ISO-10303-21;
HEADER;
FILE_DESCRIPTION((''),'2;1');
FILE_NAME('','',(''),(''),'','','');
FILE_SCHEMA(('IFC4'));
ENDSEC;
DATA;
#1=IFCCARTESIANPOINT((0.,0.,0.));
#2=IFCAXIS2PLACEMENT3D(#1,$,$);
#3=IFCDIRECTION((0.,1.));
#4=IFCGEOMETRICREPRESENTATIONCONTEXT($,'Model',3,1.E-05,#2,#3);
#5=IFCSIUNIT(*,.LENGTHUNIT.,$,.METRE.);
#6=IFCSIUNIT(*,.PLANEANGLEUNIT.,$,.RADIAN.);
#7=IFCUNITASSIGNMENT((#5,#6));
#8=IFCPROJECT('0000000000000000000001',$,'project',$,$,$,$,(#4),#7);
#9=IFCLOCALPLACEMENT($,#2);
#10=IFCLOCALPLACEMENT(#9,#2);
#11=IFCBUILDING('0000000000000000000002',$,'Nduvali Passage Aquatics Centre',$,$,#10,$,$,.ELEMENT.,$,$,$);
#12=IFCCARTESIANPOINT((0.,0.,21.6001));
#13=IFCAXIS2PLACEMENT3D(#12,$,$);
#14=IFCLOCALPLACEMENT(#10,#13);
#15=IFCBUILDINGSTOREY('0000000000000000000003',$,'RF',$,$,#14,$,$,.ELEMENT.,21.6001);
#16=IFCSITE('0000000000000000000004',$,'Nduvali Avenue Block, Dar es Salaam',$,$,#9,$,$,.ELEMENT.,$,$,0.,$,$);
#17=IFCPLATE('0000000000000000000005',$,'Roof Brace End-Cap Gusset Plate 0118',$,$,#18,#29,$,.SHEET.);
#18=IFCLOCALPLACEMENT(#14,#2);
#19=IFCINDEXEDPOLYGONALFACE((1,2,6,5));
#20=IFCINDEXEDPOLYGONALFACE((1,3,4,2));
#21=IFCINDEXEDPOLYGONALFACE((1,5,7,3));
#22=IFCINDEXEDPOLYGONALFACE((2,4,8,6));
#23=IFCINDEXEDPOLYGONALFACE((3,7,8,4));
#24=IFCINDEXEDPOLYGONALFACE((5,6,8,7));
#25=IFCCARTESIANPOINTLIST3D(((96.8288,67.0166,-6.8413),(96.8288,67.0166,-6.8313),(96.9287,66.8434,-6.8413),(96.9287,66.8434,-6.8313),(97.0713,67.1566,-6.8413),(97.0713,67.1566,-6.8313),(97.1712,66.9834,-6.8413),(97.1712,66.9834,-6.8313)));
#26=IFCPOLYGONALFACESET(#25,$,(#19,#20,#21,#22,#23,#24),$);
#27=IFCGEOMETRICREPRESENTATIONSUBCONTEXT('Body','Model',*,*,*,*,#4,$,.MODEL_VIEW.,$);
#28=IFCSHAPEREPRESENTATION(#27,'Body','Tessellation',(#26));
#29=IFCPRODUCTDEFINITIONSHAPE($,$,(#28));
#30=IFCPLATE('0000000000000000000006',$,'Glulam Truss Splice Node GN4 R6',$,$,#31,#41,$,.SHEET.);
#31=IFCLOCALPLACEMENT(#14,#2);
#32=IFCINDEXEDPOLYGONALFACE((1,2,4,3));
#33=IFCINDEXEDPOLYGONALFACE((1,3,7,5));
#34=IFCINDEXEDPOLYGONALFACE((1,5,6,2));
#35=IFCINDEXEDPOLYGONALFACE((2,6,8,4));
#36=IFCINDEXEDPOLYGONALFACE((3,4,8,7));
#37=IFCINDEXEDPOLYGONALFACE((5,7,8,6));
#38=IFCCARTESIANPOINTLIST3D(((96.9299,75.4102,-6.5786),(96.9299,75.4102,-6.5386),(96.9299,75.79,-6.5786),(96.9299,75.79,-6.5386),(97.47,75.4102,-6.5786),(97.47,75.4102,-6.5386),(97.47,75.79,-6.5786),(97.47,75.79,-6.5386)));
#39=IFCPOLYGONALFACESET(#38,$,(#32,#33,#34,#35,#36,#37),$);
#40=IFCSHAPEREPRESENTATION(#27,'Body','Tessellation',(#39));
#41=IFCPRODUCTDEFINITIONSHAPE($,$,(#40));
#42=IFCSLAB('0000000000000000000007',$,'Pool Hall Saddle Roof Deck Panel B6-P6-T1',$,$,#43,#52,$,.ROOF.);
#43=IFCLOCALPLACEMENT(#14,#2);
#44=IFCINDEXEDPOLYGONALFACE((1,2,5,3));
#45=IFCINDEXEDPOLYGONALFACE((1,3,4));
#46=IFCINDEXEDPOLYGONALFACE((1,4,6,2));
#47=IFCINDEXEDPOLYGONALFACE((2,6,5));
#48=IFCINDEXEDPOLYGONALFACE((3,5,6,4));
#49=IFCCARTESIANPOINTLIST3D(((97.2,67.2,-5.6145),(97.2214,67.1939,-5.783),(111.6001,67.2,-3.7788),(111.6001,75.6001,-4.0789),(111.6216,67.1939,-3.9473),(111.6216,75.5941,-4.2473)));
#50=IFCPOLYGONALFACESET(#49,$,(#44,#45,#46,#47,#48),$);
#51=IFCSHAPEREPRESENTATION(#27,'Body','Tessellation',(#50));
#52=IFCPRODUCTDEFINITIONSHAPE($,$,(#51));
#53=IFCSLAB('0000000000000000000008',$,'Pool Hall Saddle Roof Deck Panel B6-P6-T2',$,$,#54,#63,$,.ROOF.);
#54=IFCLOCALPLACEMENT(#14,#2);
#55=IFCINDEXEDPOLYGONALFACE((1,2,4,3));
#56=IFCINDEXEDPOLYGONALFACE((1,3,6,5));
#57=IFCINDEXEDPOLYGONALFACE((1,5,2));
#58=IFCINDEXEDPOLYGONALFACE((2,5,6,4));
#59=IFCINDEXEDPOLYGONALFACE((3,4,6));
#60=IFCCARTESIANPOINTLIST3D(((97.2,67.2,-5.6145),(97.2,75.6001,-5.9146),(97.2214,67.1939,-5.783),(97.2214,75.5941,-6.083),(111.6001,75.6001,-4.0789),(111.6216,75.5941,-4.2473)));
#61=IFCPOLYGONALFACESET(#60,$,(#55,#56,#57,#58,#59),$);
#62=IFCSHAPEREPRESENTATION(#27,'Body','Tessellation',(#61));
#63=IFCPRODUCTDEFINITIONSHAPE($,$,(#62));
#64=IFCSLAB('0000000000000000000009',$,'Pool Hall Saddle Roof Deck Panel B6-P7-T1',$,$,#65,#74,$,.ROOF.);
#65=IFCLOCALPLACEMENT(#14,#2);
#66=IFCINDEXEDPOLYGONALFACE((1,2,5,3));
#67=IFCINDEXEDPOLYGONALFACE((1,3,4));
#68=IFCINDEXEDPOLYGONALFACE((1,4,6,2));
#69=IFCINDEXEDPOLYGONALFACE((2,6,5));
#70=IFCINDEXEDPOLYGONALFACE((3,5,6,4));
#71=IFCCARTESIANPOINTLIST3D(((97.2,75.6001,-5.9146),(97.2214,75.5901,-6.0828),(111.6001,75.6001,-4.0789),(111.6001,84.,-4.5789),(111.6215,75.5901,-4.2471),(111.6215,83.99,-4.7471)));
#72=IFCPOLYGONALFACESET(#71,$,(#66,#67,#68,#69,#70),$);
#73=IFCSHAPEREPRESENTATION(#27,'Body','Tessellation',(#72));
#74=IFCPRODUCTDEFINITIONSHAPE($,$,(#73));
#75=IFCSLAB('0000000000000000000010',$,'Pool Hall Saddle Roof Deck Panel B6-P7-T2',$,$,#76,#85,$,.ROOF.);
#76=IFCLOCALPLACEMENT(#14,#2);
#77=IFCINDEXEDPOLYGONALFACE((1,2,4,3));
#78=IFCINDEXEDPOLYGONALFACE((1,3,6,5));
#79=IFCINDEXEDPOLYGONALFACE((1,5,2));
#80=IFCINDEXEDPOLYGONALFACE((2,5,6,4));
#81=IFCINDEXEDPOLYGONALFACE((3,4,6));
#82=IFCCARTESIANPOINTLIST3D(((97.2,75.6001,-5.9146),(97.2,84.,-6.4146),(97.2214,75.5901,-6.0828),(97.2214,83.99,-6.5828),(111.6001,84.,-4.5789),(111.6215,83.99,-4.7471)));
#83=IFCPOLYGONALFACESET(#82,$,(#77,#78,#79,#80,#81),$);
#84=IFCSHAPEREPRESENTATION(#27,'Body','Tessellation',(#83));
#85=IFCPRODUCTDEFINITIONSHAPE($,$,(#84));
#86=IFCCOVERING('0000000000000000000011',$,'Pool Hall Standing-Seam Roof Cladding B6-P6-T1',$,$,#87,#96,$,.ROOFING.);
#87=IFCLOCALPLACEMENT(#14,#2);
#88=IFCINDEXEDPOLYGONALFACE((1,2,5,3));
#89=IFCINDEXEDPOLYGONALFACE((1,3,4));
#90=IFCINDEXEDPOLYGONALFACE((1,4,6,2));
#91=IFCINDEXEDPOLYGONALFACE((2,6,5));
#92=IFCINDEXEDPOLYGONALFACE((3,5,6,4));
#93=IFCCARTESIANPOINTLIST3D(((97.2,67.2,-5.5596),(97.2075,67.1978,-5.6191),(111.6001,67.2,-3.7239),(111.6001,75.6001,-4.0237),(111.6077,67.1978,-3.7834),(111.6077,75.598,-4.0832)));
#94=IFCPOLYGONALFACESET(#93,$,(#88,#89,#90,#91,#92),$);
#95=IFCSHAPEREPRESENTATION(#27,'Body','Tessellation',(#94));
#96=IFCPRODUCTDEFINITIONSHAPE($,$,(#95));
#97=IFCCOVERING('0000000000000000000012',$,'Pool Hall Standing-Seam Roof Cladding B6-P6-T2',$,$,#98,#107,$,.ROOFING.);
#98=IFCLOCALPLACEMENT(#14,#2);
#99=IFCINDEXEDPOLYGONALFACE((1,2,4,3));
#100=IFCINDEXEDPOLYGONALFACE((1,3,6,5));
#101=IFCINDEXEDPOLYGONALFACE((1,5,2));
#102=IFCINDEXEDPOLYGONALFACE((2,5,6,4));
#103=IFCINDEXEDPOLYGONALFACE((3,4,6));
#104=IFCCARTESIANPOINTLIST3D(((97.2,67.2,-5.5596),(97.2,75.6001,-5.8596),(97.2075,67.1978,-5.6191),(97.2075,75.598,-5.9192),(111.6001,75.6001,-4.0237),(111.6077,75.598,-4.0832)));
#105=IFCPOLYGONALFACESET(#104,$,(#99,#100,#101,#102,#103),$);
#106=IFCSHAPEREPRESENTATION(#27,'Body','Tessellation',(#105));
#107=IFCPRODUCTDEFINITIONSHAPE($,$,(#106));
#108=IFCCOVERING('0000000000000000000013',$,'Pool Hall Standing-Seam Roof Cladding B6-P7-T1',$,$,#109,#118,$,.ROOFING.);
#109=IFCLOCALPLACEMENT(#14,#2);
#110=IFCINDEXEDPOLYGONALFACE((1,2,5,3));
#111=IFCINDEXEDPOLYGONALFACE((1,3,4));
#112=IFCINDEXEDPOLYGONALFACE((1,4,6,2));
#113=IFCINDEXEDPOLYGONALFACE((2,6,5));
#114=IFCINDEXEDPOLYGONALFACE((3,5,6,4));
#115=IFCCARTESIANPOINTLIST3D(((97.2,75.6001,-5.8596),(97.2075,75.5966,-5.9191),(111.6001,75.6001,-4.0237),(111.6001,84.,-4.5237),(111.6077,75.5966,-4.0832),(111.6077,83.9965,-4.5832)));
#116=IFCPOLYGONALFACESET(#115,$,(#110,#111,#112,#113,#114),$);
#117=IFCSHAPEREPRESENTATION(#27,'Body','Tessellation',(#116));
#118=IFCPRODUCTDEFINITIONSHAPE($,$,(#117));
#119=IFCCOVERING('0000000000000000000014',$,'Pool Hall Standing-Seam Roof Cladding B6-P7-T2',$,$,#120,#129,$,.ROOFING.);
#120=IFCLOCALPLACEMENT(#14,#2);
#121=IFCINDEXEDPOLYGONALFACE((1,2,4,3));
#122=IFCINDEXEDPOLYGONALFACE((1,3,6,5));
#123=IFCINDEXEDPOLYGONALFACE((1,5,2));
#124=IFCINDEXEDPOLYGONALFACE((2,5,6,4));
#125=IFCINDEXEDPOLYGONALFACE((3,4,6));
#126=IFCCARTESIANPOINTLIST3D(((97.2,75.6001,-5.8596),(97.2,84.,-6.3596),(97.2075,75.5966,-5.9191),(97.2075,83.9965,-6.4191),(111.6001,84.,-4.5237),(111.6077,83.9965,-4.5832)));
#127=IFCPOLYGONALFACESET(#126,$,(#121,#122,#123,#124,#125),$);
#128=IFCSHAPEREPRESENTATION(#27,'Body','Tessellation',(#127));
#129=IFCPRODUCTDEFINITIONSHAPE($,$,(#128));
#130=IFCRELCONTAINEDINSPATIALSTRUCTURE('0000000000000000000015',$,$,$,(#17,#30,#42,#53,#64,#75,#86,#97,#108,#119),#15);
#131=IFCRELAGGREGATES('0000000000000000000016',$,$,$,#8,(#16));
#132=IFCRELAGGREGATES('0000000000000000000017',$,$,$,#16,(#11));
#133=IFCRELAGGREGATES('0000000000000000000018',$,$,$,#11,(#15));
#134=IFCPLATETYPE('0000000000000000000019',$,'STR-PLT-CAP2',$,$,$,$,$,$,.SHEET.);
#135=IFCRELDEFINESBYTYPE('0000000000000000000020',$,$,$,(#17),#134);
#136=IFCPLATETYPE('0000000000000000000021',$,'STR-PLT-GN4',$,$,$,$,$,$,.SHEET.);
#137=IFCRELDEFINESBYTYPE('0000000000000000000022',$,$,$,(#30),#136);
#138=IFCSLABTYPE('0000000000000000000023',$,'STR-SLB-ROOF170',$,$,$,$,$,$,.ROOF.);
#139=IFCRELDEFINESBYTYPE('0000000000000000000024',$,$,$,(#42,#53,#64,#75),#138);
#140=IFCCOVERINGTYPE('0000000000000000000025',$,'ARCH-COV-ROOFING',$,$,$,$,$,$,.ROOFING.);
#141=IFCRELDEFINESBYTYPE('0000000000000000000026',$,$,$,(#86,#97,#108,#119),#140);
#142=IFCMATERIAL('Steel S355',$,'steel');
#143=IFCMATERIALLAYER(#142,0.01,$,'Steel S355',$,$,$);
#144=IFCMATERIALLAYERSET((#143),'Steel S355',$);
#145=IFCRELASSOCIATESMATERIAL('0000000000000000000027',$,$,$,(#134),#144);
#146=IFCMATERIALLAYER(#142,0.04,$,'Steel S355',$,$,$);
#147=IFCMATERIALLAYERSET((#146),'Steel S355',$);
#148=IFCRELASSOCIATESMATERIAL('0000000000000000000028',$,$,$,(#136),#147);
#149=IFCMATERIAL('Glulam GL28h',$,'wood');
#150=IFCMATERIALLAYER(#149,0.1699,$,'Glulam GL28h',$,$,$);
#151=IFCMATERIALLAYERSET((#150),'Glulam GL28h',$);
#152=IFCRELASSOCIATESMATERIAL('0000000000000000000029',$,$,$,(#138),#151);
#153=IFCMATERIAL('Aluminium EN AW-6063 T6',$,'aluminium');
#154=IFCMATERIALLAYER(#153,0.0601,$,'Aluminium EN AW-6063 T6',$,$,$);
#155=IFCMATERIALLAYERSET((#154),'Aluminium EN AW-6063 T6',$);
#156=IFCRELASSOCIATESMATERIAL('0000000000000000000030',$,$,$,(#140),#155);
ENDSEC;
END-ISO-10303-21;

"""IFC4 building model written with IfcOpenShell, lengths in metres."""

from ifc_helpers import new_model, si_unit, direction, frame, origin, origin_2d, place, context, subcontext, project, spatial, polyline, rectangle, outline, extrude, material, layer, layer_set, type_object, element, save


model = new_model("IFC4")

# Units and contexts
model_context = context("Model", 3, precision=1e-05, world=origin(), true_north=direction((0.0, 1.0)))
body_context = subcontext(model_context, "Body", "Model", "MODEL_VIEW")
ifc_project = project(units=[si_unit("LENGTHUNIT", "METRE"), si_unit("PLANEANGLEUNIT", "RADIAN")], contexts=[model_context])

# Site, building, storey
site_placement = place(None, origin())
site = spatial("IfcSite", under=ifc_project, at=site_placement, Name="Nduvali Avenue Block, Dar es Salaam", CompositionType="ELEMENT", RefElevation=0.0)
building_placement = place(site_placement, origin())
building = spatial("IfcBuilding", under=site, at=building_placement, Name="Nduvali Passage Aquatics Centre", CompositionType="ELEMENT")
storey_placement = place(building_placement, frame((0.0, 0.0, 21.6001)))
storey = spatial("IfcBuildingStorey", under=building, at=storey_placement, Name="RF", CompositionType="ELEMENT", Elevation=21.6001)

# Shared definitions
ifc_material_1 = material(Name="Steel S355", Category="steel")
ifc_material_2 = material(Name="Glulam GL28h", Category="wood")

# Plates
ifc_layer_1 = layer(ifc_material_1, 0.01, Name="Steel S355")
ifc_layer_set_1 = layer_set([ifc_layer_1], Name="Steel S355")
plate_type_1 = type_object("IfcPlateType", Name="STR-PLT-CAP2", PredefinedType="SHEET", material=ifc_layer_set_1)
for number, where, z_axis, x_axis, name in (
    (1, (97.0, 67.0, -6.8413), (0.0, 0.0, 1.0), (0.866025, 0.5, 0.0), "Roof Brace End-Cap Gusset Plate 0118"),
):
    element("IfcPlate", number, at=place(storey_placement, frame(where, z_axis=z_axis, x_axis=x_axis)), inside=storey, type_object=plate_type_1, Name=name, PredefinedType="SHEET", context=body_context, shape_type="SweptSolid", body=[
        extrude(rectangle(XDim=0.28, YDim=0.2, at=origin_2d()), origin(), (0.0, 0.0, 1.0), 0.01),
    ])
ifc_layer_2 = layer(ifc_material_1, 0.04, Name="Steel S355")
ifc_layer_set_2 = layer_set([ifc_layer_2], Name="Steel S355")
plate_type_2 = type_object("IfcPlateType", Name="STR-PLT-GN4", PredefinedType="SHEET", material=ifc_layer_set_2)
plate_placement = place(storey_placement, frame((97.2, 75.6001, -6.5786), z_axis=(0.0, 0.0, 1.0), x_axis=(1.0, 0.0, 0.0)))
element("IfcPlate", 2, at=plate_placement, inside=storey, type_object=plate_type_2, Name="Glulam Truss Splice Node GN4 R6", PredefinedType="SHEET", context=body_context, shape_type="SweptSolid", body=[
    extrude(rectangle(XDim=0.54, YDim=0.3799, at=origin_2d()), origin(), (0.0, 0.0, 1.0), 0.04),
])

# Slabs
ifc_layer_3 = layer(ifc_material_2, 0.1699, Name="Glulam GL28h")
ifc_layer_set_3 = layer_set([ifc_layer_3], Name="Glulam GL28h")
slab_type = type_object("IfcSlabType", Name="STR-SLB-ROOF170", PredefinedType="ROOF", material=ifc_layer_set_3)
slab_1_placement = place(storey_placement, frame((97.2, 67.2, -5.6145), z_axis=(-0.126375, 0.035411, 0.99135), x_axis=(0.991972, 0.0, 0.126454)))
element("IfcSlab", 3, at=slab_1_placement, inside=storey, type_object=slab_type, Name="Pool Hall Saddle Roof Deck Panel B6-P6-T1", PredefinedType="ROOF", context=body_context, shape_type="SweptSolid", body=[
    extrude(outline(polyline([(0.0, 0.0), (14.5167, 0.0), (14.4787, 8.4054), (0.0, 0.0)])), origin(), (0.0, 0.0, -1.0), 0.1699),
])
slab_2_placement = place(storey_placement, frame((97.2, 67.2, -5.6145), z_axis=(-0.126375, 0.035411, 0.99135), x_axis=(0.860136, 0.50175, 0.091726)))
element("IfcSlab", 4, at=slab_2_placement, inside=storey, type_object=slab_type, Name="Pool Hall Saddle Roof Deck Panel B6-P6-T2", PredefinedType="ROOF", context=body_context, shape_type="SweptSolid", body=[
    extrude(outline(polyline([(0.0, 0.0), (16.7417, 0.0), (4.1872, 7.2883), (0.0, 0.0)])), origin(), (0.0, 0.0, -1.0), 0.1699),
])
slab_3_placement = place(storey_placement, frame((97.2, 75.6001, -5.9146), z_axis=(-0.126234, 0.058944, 0.990248), x_axis=(0.991972, 0.0, 0.126454)))
element("IfcSlab", 5, at=slab_3_placement, inside=storey, type_object=slab_type, Name="Pool Hall Saddle Roof Deck Panel B6-P7-T1", PredefinedType="ROOF", context=body_context, shape_type="SweptSolid", body=[
    extrude(outline(polyline([(0.0, 0.0), (14.5167, 0.0), (14.4535, 8.4145), (0.0, 0.0)])), origin(), (0.0, 0.0, -1.0), 0.1699),
])
slab_4_placement = place(storey_placement, frame((97.2, 75.6001, -5.9146), z_axis=(-0.126234, 0.058944, 0.990248), x_axis=(0.861025, 0.502253, 0.079865)))
element("IfcSlab", 6, at=slab_4_placement, inside=storey, type_object=slab_type, Name="Pool Hall Saddle Roof Deck Panel B6-P7-T2", PredefinedType="ROOF", context=body_context, shape_type="SweptSolid", body=[
    extrude(outline(polyline([(0.0, 0.0), (16.7244, 0.0), (4.1789, 7.3038), (0.0, 0.0)])), origin(), (0.0, 0.0, -1.0), 0.1699),
])

# Coverings
ifc_material_3 = material(Name="Aluminium EN AW-6063 T6", Category="aluminium")
ifc_layer_4 = layer(ifc_material_3, 0.0601, Name="Aluminium EN AW-6063 T6")
ifc_layer_set_4 = layer_set([ifc_layer_4], Name="Aluminium EN AW-6063 T6")
covering_type = type_object("IfcCoveringType", Name="ARCH-COV-ROOFING", PredefinedType="ROOFING", material=ifc_layer_set_4)
covering_1_placement = place(storey_placement, frame((97.2, 67.2, -5.5596), z_axis=(-0.126375, 0.035382, 0.991351), x_axis=(0.991972, 0.0, 0.126454)))
element("IfcCovering", 7, at=covering_1_placement, inside=storey, type_object=covering_type, Name="Pool Hall Standing-Seam Roof Cladding B6-P6-T1", PredefinedType="ROOFING", context=body_context, shape_type="SweptSolid", body=[
    extrude(outline(polyline([(0.0, 0.0), (14.5167, 0.0), (14.4788, 8.4054), (0.0, 0.0)])), origin(), (0.0, 0.0, -1.0), 0.0601),
])
covering_2_placement = place(storey_placement, frame((97.2, 67.2, -5.5596), z_axis=(-0.126391, 0.03541, 0.991348), x_axis=(0.860135, 0.501749, 0.09174)))
element("IfcCovering", 8, at=covering_2_placement, inside=storey, type_object=covering_type, Name="Pool Hall Standing-Seam Roof Cladding B6-P6-T2", PredefinedType="ROOFING", context=body_context, shape_type="SweptSolid", body=[
    extrude(outline(polyline([(0.0, 0.0), (16.7417, 0.0), (4.1872, 7.2883), (0.0, 0.0)])), origin(), (0.0, 0.0, -1.0), 0.0601),
])
covering_3_placement = place(storey_placement, frame((97.2, 75.6001, -5.8596), z_axis=(-0.126251, 0.058944, 0.990246), x_axis=(0.99197, 0.0, 0.126471)))
element("IfcCovering", 9, at=covering_3_placement, inside=storey, type_object=covering_type, Name="Pool Hall Standing-Seam Roof Cladding B6-P7-T1", PredefinedType="ROOFING", context=body_context, shape_type="SweptSolid", body=[
    extrude(outline(polyline([(0.0, 0.0), (14.5167, 0.0), (14.4535, 8.4145), (0.0, 0.0)])), origin(), (0.0, 0.0, -1.0), 0.0601),
])
covering_4_placement = place(storey_placement, frame((97.2, 75.6001, -5.8596), z_axis=(-0.126251, 0.058944, 0.990246), x_axis=(0.861023, 0.502253, 0.079879)))
element("IfcCovering", 10, at=covering_4_placement, inside=storey, type_object=covering_type, Name="Pool Hall Standing-Seam Roof Cladding B6-P7-T2", PredefinedType="ROOFING", context=body_context, shape_type="SweptSolid", body=[
    extrude(outline(polyline([(0.0, 0.0), (16.7245, 0.0), (4.1789, 7.3038), (0.0, 0.0)])), origin(), (0.0, 0.0, -1.0), 0.0601),
])

save(model, "model.ifc")
